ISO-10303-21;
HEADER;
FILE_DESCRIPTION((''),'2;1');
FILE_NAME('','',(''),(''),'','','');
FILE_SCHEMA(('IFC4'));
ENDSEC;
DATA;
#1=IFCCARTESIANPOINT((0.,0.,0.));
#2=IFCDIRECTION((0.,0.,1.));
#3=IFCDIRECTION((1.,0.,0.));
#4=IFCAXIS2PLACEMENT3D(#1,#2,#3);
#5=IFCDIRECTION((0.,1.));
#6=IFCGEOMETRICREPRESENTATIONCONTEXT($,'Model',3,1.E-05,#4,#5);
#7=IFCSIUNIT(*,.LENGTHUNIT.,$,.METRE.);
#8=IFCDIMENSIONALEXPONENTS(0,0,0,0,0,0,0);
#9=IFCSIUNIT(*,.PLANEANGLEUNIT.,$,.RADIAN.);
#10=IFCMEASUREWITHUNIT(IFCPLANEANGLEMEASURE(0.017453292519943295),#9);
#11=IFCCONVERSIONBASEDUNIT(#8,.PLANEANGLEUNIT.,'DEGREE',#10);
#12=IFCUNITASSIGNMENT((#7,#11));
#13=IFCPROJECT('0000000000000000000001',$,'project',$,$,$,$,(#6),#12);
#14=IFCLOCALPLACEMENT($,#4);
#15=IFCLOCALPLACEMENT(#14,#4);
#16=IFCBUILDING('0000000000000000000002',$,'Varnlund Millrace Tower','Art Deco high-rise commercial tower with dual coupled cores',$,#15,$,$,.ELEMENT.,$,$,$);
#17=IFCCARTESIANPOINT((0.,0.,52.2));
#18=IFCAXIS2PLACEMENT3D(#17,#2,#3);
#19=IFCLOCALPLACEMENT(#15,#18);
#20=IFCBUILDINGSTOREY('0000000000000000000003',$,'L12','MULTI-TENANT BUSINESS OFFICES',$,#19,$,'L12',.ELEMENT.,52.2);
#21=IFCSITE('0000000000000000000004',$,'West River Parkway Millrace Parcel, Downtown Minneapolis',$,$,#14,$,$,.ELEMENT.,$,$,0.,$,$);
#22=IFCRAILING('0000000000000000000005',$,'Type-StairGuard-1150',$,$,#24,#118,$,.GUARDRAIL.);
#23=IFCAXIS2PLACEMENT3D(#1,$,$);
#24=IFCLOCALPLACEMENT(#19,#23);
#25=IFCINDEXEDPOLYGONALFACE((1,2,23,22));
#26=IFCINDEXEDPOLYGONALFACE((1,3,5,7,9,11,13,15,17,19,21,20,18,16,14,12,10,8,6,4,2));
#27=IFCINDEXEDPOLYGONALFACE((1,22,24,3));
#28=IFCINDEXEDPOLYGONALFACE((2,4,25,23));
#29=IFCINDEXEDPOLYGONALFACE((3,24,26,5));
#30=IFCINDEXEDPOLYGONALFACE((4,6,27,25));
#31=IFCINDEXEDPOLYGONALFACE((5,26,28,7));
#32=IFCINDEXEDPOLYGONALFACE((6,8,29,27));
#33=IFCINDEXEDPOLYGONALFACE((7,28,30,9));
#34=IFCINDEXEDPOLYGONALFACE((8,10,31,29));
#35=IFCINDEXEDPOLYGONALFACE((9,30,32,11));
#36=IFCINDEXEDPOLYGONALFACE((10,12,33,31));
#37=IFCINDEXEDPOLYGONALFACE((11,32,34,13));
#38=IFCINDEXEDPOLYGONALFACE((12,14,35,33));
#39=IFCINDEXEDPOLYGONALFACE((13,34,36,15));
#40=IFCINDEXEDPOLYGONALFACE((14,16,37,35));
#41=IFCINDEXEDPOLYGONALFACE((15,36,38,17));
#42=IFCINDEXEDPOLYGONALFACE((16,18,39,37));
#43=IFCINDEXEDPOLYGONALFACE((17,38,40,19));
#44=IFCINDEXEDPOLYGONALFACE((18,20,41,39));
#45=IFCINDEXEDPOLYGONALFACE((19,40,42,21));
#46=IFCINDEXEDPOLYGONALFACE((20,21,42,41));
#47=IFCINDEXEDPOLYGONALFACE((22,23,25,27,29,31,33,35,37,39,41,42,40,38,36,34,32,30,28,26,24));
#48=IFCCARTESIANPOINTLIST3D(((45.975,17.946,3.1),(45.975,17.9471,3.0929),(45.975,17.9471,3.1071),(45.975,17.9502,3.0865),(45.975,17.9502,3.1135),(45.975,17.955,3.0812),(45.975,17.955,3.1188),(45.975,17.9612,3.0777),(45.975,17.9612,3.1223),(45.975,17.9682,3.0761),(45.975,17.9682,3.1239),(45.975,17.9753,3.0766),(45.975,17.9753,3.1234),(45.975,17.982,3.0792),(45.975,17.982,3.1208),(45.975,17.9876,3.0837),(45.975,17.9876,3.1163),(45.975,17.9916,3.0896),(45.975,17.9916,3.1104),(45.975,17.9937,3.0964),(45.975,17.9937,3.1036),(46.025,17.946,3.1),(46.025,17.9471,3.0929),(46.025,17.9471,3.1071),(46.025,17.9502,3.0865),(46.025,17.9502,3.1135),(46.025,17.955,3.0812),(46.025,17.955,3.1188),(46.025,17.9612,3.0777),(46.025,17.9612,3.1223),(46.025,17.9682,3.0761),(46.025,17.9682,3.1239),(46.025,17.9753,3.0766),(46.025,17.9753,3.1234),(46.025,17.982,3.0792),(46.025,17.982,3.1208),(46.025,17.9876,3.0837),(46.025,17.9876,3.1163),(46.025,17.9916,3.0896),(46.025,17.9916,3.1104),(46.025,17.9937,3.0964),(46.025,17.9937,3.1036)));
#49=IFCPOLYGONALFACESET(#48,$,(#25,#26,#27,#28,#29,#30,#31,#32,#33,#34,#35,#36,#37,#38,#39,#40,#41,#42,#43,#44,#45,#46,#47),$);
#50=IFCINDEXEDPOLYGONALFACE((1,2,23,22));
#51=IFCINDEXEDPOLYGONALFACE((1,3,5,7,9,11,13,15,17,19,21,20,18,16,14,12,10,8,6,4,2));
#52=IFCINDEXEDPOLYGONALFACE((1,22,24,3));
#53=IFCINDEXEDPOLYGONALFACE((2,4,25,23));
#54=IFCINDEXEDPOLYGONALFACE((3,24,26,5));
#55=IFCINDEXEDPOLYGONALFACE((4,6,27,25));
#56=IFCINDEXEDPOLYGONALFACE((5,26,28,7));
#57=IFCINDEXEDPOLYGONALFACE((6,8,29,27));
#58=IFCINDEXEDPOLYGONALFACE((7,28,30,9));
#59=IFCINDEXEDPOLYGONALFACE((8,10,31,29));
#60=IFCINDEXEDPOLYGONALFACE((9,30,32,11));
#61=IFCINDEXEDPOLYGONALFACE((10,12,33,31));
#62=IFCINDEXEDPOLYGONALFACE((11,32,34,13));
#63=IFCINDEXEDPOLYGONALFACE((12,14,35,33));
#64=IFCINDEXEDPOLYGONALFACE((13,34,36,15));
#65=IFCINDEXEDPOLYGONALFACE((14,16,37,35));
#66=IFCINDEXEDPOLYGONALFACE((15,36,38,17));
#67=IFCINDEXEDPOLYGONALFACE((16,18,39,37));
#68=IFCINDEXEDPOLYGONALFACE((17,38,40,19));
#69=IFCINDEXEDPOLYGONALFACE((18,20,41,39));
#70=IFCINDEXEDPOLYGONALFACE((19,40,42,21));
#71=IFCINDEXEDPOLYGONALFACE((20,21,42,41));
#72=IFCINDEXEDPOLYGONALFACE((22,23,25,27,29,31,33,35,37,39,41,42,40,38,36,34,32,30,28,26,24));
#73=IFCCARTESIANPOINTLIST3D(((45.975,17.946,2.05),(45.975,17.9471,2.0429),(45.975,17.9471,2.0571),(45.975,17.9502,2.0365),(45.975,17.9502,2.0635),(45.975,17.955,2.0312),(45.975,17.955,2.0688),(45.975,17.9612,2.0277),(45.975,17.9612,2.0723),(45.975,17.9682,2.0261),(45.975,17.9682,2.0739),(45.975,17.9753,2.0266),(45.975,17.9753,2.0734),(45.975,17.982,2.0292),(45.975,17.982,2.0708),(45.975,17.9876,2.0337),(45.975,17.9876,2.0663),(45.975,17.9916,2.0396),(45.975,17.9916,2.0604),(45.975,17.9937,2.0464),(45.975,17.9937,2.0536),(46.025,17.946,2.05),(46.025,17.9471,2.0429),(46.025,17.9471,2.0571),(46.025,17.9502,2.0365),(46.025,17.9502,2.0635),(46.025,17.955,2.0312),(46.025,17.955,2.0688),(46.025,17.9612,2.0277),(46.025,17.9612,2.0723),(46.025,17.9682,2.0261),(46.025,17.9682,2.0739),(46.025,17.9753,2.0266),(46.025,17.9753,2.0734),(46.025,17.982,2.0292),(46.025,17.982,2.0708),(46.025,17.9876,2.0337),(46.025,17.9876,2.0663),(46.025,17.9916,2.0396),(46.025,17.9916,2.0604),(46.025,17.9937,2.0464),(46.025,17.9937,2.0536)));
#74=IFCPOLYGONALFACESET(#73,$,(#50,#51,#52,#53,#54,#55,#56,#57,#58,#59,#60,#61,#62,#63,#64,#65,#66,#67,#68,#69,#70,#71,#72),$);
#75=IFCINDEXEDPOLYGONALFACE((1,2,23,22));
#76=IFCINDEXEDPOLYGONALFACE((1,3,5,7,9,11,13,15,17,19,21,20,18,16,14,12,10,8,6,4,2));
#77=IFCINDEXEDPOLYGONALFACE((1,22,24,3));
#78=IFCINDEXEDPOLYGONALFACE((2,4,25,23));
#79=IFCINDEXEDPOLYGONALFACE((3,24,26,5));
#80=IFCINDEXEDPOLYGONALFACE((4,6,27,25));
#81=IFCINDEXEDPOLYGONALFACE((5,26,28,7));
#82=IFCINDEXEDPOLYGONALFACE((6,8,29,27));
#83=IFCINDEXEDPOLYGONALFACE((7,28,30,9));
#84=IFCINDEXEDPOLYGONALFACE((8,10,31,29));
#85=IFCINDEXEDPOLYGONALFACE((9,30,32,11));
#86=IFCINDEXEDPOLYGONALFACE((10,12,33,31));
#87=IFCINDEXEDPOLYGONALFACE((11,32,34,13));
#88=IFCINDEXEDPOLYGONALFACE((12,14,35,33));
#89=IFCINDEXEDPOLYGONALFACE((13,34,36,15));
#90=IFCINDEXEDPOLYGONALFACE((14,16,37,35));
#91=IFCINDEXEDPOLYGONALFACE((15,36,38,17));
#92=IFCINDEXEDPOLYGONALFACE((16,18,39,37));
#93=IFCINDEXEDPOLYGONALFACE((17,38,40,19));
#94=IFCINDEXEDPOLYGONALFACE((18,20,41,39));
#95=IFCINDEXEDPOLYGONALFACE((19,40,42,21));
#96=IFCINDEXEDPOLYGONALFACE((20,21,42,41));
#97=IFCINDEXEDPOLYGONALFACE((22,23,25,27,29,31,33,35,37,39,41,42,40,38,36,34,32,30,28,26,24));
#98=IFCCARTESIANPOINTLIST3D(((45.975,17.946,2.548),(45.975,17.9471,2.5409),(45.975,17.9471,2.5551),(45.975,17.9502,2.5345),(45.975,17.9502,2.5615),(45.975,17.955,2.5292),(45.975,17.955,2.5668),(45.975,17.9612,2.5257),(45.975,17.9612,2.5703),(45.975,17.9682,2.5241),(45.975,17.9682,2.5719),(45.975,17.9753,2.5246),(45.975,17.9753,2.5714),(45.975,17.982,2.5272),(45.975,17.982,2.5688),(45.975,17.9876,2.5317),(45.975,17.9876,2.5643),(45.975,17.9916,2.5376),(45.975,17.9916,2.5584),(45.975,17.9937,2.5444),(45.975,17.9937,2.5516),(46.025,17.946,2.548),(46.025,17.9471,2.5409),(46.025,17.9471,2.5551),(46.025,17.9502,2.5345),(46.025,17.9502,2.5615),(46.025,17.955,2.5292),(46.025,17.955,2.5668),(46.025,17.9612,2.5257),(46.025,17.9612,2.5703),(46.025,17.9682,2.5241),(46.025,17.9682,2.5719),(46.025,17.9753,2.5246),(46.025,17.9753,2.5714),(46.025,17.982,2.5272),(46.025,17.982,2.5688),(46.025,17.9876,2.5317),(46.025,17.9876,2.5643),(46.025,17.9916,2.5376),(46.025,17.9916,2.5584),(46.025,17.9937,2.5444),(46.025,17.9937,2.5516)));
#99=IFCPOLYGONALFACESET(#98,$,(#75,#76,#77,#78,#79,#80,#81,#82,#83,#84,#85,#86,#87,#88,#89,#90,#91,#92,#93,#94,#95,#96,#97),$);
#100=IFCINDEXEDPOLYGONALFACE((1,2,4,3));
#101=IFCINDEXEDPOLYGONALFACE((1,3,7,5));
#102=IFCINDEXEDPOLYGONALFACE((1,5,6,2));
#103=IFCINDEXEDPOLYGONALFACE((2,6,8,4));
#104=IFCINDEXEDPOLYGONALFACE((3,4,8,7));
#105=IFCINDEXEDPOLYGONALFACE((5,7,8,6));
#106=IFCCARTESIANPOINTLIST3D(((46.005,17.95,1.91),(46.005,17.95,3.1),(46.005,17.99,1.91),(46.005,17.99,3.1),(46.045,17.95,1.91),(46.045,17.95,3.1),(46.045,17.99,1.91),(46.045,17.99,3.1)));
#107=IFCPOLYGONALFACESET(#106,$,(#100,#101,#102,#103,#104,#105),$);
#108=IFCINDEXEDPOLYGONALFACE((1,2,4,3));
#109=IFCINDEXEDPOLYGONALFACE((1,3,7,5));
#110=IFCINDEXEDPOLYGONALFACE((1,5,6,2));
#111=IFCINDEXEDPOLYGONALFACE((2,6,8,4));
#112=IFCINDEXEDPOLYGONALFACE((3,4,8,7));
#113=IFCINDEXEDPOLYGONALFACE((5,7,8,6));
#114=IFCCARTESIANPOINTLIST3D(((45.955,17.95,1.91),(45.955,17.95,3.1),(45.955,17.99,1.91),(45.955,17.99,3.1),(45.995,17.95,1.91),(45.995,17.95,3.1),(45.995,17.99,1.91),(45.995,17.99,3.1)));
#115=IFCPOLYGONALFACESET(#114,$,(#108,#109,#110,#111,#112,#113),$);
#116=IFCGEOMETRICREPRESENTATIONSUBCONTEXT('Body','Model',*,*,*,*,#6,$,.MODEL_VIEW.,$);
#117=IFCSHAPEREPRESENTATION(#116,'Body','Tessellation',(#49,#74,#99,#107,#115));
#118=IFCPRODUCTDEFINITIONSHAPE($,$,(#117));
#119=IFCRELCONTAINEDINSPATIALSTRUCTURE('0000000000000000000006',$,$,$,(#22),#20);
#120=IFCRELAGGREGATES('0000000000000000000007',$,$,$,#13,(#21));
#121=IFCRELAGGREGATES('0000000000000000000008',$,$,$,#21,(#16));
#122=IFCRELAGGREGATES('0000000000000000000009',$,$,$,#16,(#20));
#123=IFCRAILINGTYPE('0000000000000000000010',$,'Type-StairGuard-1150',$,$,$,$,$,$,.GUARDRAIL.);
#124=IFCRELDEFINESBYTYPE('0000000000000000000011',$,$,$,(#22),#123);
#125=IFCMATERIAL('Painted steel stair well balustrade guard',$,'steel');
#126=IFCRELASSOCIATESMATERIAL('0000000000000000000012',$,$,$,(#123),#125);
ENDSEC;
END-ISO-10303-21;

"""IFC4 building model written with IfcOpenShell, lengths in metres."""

from ifc_helpers import new_model, entity, si_unit, converted_unit, direction, frame, origin_with_axes, origin_2d_with_axis, place, context, subcontext, project, spatial, rectangle, circle, extrude, material, type_object, element, save


model = new_model("IFC4")

# Units and contexts
model_context = context("Model", 3, precision=1e-05, world=origin_with_axes(), true_north=direction((0.0, 1.0)))
body_context = subcontext(model_context, "Body", "Model", "MODEL_VIEW")
ifc_project = project(units=[si_unit("LENGTHUNIT", "METRE"), converted_unit("PLANEANGLEUNIT", "DEGREE", entity("IfcPlaneAngleMeasure", 0.017453292519943295), si_unit("PLANEANGLEUNIT", "RADIAN"), dimensions=[0, 0, 0, 0, 0, 0, 0])], contexts=[model_context])

# Site, building, storey
site_placement = place(None, origin_with_axes())
site = spatial("IfcSite", under=ifc_project, at=site_placement, Name="West River Parkway Millrace Parcel, Downtown Minneapolis", CompositionType="ELEMENT", RefElevation=0.0)
building_placement = place(site_placement, origin_with_axes())
building = spatial("IfcBuilding", under=site, at=building_placement, Name="Varnlund Millrace Tower", Description="Art Deco high-rise commercial tower with dual coupled cores", CompositionType="ELEMENT")
storey_placement = place(building_placement, frame((0.0, 0.0, 52.2), z_axis=(0.0, 0.0, 1.0), x_axis=(1.0, 0.0, 0.0)))
storey = spatial("IfcBuildingStorey", under=building, at=storey_placement, Name="L12", Description="MULTI-TENANT BUSINESS OFFICES", LongName="L12", CompositionType="ELEMENT", Elevation=52.2)

# Railing
ifc_material_1 = material(Name="Painted steel stair well balustrade guard", Category="steel")
railing_type_1 = type_object("IfcRailingType", Name="Type-StairGuard-1150", PredefinedType="GUARDRAIL", material=ifc_material_1)
railing_1_placement = place(storey_placement, frame((0.0, 0.0, -52.2), z_axis=(0.0, 0.0, 1.0), x_axis=(1.0, 0.0, 0.0)))
element("IfcRailing", 1, at=railing_1_placement, inside=storey, type_object=railing_type_1, Name="Type-StairGuard-1150", PredefinedType="GUARDRAIL", context=body_context, shape_type="SweptSolid", body=[
    extrude(circle(Radius=0.024, at=origin_2d_with_axis()), frame((46.025, 17.97, 55.3), z_axis=(-1.0, 0.0, 0.0), x_axis=(0.0, -1.0, 0.0)), (0.0, 0.0, 1.0), 0.05),
    extrude(circle(Radius=0.024, at=origin_2d_with_axis()), frame((46.025, 17.97, 54.25), z_axis=(-1.0, 0.0, 0.0), x_axis=(0.0, -1.0, 0.0)), (0.0, 0.0, 1.0), 0.05),
    extrude(circle(Radius=0.024, at=origin_2d_with_axis()), frame((46.025, 17.97, 54.748), z_axis=(-1.0, 0.0, 0.0), x_axis=(0.0, -1.0, 0.0)), (0.0, 0.0, 1.0), 0.05),
    extrude(rectangle(XDim=0.04, YDim=0.04, at=origin_2d_with_axis()), frame((46.025, 17.97, 54.11), z_axis=(0.0, 0.0, 1.0), x_axis=(1.0, 0.0, 0.0)), (0.0, 0.0, 1.0), 1.19),
    extrude(rectangle(XDim=0.04, YDim=0.04, at=origin_2d_with_axis()), frame((45.975, 17.97, 54.11), z_axis=(0.0, 0.0, 1.0), x_axis=(1.0, 0.0, 0.0)), (0.0, 0.0, 1.0), 1.19),
])

save(model, "model.ifc")
